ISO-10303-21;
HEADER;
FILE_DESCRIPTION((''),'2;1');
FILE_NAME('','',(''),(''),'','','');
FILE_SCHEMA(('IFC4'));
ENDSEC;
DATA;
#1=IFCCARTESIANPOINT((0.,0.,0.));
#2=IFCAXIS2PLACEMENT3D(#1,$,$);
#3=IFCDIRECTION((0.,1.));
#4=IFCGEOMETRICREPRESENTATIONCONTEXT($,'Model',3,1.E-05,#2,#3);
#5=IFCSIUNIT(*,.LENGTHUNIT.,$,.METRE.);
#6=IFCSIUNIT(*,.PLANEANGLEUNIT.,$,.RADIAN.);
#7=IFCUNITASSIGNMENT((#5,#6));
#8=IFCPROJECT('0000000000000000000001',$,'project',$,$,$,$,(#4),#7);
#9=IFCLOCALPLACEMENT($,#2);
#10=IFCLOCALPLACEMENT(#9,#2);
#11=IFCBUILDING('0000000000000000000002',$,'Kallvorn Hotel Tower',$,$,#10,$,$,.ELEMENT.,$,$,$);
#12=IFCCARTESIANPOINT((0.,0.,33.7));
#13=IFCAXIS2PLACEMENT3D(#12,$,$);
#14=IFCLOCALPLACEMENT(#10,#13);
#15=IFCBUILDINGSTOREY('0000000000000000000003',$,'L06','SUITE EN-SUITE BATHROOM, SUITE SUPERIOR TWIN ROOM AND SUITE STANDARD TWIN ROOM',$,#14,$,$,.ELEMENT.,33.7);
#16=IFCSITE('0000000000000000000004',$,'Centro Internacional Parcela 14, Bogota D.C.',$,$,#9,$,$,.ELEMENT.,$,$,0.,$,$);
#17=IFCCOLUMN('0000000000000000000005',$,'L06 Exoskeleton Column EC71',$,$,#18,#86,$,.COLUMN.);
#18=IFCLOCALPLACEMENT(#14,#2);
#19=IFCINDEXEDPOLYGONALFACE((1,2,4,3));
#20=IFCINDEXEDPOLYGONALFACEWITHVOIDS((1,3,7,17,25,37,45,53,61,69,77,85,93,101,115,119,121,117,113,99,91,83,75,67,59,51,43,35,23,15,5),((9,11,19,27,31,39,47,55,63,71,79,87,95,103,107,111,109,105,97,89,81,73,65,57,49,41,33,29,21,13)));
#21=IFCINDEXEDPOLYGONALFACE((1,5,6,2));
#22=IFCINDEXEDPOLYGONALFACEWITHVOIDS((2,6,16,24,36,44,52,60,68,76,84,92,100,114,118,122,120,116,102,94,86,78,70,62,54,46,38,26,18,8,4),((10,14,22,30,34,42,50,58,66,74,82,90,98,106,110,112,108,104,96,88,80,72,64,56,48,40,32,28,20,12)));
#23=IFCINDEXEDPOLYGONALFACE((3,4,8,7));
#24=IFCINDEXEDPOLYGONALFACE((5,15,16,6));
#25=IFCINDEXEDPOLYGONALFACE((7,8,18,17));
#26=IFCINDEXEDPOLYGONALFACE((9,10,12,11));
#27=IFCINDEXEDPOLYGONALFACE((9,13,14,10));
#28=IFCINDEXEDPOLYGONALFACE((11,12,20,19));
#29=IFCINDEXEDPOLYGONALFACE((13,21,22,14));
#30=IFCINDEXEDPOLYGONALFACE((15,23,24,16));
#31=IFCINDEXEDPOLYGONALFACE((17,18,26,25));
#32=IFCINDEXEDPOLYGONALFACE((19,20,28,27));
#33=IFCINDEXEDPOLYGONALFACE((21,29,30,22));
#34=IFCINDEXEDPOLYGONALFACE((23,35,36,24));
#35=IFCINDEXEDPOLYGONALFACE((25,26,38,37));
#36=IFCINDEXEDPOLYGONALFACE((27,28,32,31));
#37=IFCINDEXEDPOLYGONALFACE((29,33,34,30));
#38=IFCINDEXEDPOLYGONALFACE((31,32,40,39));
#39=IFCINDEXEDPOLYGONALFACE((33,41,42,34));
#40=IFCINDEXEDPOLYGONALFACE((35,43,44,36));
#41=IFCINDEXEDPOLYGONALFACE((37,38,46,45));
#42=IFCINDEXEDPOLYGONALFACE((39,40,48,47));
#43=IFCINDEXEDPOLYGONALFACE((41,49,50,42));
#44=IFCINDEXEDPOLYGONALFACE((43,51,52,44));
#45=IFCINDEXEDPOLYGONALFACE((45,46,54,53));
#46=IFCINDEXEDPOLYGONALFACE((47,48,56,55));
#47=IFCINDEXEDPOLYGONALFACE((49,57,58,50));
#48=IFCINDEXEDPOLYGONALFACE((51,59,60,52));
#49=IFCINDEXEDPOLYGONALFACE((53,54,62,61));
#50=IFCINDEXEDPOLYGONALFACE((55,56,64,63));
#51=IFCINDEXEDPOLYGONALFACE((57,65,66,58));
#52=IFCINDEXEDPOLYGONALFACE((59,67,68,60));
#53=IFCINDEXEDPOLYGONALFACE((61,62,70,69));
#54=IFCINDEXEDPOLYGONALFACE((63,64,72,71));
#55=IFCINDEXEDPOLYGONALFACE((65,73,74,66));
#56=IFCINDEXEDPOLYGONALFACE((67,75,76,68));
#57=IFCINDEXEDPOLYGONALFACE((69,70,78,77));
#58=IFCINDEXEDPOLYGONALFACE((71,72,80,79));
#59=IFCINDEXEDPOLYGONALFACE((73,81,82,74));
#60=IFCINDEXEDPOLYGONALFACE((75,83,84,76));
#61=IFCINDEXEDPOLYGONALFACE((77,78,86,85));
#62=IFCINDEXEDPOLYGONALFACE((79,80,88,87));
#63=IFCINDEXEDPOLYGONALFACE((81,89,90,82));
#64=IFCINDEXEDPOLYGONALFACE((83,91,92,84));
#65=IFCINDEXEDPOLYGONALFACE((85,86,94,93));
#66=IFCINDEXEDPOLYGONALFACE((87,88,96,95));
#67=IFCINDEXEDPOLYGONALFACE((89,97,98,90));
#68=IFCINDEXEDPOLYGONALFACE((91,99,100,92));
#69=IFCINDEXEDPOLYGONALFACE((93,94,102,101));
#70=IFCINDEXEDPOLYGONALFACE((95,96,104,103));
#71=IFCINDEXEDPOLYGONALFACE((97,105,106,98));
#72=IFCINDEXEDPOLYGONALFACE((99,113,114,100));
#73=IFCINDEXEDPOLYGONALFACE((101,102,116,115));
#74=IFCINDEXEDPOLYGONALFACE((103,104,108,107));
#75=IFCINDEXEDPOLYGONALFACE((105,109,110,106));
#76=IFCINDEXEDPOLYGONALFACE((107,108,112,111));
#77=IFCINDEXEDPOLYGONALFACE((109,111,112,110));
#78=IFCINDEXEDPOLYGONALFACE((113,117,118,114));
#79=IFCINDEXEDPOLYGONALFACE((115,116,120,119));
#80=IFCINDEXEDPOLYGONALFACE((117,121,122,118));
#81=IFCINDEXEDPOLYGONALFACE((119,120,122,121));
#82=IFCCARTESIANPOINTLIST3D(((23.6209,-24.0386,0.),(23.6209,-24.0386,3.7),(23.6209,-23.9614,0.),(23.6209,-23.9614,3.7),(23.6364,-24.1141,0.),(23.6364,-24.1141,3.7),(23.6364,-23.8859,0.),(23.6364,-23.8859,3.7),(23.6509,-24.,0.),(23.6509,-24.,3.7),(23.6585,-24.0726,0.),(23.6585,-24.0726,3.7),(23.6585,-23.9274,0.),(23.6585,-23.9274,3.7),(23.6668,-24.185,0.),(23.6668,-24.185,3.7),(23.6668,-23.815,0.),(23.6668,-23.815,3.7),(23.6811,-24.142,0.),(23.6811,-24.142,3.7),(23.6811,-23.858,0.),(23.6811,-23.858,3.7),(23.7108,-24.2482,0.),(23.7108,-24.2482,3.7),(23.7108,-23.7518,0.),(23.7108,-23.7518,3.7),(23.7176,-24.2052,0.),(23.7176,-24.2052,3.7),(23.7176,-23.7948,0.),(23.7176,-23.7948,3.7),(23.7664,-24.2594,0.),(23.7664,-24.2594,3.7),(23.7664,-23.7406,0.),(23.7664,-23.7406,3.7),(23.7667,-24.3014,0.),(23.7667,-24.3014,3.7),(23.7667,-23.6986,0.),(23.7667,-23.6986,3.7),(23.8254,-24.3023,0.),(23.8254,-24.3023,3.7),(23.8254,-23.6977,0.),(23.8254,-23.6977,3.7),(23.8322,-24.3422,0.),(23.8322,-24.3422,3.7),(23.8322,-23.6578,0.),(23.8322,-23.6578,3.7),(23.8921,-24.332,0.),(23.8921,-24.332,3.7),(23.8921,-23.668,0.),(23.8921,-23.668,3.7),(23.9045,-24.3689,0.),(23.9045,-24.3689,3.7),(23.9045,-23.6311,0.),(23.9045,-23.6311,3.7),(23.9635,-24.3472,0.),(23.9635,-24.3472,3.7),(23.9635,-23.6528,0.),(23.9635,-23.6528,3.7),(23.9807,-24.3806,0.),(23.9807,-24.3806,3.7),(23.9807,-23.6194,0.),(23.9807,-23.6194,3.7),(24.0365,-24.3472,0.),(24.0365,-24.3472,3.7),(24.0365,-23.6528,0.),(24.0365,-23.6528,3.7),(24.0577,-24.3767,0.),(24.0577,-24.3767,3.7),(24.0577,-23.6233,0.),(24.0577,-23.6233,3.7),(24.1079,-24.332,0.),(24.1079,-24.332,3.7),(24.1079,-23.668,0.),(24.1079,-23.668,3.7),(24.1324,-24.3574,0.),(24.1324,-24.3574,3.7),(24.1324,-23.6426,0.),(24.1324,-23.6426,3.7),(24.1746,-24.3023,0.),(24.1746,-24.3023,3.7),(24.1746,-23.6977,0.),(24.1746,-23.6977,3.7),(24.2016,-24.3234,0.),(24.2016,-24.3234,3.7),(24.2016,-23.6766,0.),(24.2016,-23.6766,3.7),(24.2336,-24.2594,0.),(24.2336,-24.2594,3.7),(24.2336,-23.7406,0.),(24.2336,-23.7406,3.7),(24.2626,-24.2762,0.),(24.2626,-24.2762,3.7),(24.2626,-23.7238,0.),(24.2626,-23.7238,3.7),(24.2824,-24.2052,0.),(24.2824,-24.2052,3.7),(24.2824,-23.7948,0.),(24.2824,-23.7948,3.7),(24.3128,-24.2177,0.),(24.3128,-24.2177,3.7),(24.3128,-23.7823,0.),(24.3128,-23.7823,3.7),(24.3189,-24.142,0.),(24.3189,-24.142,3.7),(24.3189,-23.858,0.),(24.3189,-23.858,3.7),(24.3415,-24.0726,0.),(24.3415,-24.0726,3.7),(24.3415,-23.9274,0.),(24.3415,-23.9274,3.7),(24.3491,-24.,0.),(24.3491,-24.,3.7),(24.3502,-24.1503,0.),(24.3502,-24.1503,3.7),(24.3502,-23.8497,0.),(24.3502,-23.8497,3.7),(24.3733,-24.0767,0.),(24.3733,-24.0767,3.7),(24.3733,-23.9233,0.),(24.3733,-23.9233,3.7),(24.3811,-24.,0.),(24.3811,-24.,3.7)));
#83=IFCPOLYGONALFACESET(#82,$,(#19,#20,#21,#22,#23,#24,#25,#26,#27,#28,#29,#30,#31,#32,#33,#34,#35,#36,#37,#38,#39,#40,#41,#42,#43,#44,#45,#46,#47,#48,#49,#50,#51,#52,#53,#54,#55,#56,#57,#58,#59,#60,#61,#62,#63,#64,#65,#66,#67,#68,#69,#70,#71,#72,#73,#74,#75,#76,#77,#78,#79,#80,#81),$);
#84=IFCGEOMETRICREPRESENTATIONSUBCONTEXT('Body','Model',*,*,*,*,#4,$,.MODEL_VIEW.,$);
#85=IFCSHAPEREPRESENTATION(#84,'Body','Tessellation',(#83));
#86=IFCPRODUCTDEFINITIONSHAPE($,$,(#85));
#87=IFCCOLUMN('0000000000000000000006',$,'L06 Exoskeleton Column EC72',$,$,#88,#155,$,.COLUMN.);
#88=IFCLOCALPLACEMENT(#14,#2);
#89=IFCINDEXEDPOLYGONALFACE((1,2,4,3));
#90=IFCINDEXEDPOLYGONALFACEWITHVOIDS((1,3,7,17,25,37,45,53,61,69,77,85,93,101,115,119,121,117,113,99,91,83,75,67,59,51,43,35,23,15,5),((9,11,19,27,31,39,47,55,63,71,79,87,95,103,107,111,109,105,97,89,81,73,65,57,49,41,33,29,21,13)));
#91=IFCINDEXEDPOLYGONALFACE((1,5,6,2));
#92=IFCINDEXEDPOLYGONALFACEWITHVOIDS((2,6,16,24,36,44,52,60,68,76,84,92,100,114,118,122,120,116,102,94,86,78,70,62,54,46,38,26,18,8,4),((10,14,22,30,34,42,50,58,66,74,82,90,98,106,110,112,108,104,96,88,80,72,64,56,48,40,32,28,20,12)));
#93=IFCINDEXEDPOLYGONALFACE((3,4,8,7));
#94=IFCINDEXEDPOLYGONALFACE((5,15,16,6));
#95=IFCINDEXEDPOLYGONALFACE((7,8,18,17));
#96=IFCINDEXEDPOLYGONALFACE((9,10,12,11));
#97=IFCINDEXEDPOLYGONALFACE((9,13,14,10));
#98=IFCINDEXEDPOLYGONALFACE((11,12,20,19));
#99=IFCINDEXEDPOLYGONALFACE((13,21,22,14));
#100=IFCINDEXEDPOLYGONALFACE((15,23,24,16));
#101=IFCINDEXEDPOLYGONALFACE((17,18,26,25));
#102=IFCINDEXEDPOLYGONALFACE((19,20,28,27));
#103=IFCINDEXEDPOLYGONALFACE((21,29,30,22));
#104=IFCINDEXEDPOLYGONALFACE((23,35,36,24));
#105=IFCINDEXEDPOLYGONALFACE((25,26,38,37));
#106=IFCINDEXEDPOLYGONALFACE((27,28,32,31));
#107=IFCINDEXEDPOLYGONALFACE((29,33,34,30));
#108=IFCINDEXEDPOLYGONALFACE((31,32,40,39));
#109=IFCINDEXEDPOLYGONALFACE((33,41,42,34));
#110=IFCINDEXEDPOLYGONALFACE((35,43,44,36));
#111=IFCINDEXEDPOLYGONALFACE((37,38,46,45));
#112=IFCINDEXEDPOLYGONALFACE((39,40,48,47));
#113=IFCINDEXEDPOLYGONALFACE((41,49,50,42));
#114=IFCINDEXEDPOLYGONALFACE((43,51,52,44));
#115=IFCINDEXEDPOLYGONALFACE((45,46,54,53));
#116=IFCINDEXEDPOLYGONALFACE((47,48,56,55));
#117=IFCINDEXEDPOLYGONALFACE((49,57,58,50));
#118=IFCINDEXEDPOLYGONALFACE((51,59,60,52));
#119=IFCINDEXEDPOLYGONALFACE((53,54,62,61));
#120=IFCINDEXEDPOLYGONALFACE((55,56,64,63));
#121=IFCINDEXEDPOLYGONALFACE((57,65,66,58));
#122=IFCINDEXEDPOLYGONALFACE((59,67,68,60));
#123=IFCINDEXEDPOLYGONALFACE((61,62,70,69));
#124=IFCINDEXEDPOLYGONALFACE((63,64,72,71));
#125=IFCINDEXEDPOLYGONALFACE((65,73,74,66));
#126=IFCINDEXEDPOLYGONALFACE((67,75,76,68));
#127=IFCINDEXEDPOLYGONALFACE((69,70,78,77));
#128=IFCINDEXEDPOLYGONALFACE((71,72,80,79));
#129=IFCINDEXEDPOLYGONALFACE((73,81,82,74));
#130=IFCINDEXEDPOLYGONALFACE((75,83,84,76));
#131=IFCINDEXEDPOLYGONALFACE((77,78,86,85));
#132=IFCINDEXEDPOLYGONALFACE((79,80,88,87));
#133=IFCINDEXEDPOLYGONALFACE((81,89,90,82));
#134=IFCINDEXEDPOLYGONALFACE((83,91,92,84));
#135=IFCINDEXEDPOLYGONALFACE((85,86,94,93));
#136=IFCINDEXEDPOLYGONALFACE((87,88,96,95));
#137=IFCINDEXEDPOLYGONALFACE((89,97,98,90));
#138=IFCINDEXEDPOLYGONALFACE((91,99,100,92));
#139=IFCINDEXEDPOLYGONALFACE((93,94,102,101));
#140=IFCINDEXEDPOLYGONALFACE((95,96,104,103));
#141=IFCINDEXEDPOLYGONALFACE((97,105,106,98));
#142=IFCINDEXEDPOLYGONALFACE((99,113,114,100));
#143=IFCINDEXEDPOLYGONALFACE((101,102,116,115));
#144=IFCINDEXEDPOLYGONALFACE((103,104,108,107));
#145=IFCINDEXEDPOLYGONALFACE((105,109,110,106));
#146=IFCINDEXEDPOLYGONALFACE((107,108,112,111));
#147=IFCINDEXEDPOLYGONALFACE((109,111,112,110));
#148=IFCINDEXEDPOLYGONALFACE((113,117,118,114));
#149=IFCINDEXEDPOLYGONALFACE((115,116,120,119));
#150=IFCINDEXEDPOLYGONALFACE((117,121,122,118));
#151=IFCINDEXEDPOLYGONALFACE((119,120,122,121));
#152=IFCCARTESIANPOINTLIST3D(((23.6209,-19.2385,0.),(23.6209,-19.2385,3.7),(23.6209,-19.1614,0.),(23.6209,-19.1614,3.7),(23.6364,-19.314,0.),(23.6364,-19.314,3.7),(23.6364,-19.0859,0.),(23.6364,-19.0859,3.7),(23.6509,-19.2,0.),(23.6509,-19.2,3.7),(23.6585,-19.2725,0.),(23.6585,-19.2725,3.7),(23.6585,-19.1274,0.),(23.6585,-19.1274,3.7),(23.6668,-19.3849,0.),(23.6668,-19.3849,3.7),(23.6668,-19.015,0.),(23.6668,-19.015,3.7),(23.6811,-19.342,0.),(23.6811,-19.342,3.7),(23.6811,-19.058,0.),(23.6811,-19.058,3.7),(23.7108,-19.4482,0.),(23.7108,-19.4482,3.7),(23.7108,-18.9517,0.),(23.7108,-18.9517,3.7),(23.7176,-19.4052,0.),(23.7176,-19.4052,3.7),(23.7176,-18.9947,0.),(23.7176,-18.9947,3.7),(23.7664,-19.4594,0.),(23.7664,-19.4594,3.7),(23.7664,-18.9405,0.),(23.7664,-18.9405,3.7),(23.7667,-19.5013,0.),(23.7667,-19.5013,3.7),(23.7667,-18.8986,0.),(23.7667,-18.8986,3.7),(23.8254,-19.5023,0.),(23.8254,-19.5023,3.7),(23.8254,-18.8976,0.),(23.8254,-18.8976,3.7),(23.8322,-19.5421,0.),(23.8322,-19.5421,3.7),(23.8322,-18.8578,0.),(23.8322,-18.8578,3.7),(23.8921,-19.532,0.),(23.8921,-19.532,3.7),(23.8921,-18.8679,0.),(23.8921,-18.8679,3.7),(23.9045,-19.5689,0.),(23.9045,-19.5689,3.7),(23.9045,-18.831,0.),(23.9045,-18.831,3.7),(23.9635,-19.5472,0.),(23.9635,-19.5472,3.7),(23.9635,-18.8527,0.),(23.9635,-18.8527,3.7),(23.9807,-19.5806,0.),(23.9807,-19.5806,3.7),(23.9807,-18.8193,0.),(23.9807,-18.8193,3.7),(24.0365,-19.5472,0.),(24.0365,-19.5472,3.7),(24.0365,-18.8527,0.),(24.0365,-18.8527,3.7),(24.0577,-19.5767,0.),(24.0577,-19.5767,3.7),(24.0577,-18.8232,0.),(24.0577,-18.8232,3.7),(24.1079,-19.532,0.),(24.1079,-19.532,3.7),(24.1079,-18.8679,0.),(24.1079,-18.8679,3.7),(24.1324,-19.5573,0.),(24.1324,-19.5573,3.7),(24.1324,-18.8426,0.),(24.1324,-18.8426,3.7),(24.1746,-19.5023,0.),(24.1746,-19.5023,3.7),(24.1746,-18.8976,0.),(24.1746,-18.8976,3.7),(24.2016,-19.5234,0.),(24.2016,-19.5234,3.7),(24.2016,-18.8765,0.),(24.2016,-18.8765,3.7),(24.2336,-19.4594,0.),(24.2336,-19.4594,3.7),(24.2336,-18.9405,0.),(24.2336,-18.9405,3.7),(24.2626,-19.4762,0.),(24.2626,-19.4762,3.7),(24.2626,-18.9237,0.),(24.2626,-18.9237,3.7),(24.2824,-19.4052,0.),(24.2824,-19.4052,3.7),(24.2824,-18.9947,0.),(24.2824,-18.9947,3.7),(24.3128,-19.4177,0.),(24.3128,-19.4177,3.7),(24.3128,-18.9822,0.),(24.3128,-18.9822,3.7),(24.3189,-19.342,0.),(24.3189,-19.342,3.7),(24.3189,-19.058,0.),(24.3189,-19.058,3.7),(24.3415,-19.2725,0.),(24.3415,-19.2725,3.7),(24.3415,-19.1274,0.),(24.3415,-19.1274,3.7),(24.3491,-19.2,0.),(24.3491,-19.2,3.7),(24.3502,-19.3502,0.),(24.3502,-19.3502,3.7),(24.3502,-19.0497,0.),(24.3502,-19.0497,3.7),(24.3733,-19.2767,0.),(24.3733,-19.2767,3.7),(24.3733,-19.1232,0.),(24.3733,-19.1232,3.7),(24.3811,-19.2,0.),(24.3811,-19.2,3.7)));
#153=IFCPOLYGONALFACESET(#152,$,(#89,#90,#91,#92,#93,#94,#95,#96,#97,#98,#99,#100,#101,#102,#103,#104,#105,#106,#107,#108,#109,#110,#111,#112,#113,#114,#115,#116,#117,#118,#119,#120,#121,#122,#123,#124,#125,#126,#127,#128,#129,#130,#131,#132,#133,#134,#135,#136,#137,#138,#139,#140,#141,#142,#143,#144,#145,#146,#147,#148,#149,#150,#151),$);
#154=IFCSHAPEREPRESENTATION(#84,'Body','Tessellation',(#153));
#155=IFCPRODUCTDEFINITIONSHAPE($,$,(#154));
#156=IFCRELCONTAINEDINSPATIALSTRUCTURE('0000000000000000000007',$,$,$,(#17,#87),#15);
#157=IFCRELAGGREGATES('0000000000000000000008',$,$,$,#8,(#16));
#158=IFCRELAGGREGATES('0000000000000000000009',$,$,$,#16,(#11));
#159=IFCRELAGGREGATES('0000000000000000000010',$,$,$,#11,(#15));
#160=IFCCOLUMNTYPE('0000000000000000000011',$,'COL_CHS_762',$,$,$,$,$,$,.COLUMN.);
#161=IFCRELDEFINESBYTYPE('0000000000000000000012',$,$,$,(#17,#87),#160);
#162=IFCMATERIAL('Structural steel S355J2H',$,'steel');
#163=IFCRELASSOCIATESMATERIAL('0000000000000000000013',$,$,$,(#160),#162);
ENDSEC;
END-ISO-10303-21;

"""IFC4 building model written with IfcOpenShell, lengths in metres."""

from ifc_helpers import new_model, si_unit, direction, frame, origin, origin_2d, place, context, subcontext, project, spatial, hollow_circle, extrude, material, material_profile, profile_set, type_object, element, save


model = new_model("IFC4")

# Units and contexts
model_context = context("Model", 3, precision=1e-05, world=origin(), true_north=direction((0.0, 1.0)))
body_context = subcontext(model_context, "Body", "Model", "MODEL_VIEW")
ifc_project = project(units=[si_unit("LENGTHUNIT", "METRE"), si_unit("PLANEANGLEUNIT", "RADIAN")], contexts=[model_context])

# Site, building, storey
site_placement = place(None, origin())
site = spatial("IfcSite", under=ifc_project, at=site_placement, Name="Centro Internacional Parcela 14, Bogota D.C.", CompositionType="ELEMENT", RefElevation=0.0)
building_placement = place(site_placement, origin())
building = spatial("IfcBuilding", under=site, at=building_placement, Name="Kallvorn Hotel Tower", CompositionType="ELEMENT")
storey_placement = place(building_placement, frame((0.0, 0.0, 33.7)))
storey = spatial("IfcBuildingStorey", under=building, at=storey_placement, Name="L06", Description="SUITE EN-SUITE BATHROOM, SUITE SUPERIOR TWIN ROOM AND SUITE STANDARD TWIN ROOM", CompositionType="ELEMENT", Elevation=33.7)

# Columns
ifc_material_1 = material(Name="Structural steel S355J2H", Category="steel")
ifc_material_profile_1 = material_profile(ifc_material_1, hollow_circle(Radius=0.3811, WallThickness=0.032, at=origin_2d()), Name="CHS 762x32")
ifc_profile_set_1 = profile_set([ifc_material_profile_1], Name="Structural steel S355J2H")
column_type_1 = type_object("IfcColumnType", Name="COL_CHS_762", PredefinedType="COLUMN", material=ifc_profile_set_1)
for number, where, z_axis, x_axis, name in (
    (1, (24.0, -24.0, 0.0), (0.0, 0.0, 1.0), (1.0, 0.0, 0.0), "L06 Exoskeleton Column EC71"),
    (2, (24.0, -19.2, 0.0), (0.0, 0.0, 1.0), (1.0, 0.0, 0.0), "L06 Exoskeleton Column EC72"),
):
    element("IfcColumn", number, at=place(storey_placement, frame(where, z_axis=z_axis, x_axis=x_axis)), inside=storey, type_object=column_type_1, Name=name, PredefinedType="COLUMN", context=body_context, shape_type="SweptSolid", body=[
        extrude(hollow_circle(Radius=0.3811, WallThickness=0.032, at=origin_2d()), origin(), (0.0, 0.0, 1.0), 3.7),
    ])

save(model, "model.ifc")
